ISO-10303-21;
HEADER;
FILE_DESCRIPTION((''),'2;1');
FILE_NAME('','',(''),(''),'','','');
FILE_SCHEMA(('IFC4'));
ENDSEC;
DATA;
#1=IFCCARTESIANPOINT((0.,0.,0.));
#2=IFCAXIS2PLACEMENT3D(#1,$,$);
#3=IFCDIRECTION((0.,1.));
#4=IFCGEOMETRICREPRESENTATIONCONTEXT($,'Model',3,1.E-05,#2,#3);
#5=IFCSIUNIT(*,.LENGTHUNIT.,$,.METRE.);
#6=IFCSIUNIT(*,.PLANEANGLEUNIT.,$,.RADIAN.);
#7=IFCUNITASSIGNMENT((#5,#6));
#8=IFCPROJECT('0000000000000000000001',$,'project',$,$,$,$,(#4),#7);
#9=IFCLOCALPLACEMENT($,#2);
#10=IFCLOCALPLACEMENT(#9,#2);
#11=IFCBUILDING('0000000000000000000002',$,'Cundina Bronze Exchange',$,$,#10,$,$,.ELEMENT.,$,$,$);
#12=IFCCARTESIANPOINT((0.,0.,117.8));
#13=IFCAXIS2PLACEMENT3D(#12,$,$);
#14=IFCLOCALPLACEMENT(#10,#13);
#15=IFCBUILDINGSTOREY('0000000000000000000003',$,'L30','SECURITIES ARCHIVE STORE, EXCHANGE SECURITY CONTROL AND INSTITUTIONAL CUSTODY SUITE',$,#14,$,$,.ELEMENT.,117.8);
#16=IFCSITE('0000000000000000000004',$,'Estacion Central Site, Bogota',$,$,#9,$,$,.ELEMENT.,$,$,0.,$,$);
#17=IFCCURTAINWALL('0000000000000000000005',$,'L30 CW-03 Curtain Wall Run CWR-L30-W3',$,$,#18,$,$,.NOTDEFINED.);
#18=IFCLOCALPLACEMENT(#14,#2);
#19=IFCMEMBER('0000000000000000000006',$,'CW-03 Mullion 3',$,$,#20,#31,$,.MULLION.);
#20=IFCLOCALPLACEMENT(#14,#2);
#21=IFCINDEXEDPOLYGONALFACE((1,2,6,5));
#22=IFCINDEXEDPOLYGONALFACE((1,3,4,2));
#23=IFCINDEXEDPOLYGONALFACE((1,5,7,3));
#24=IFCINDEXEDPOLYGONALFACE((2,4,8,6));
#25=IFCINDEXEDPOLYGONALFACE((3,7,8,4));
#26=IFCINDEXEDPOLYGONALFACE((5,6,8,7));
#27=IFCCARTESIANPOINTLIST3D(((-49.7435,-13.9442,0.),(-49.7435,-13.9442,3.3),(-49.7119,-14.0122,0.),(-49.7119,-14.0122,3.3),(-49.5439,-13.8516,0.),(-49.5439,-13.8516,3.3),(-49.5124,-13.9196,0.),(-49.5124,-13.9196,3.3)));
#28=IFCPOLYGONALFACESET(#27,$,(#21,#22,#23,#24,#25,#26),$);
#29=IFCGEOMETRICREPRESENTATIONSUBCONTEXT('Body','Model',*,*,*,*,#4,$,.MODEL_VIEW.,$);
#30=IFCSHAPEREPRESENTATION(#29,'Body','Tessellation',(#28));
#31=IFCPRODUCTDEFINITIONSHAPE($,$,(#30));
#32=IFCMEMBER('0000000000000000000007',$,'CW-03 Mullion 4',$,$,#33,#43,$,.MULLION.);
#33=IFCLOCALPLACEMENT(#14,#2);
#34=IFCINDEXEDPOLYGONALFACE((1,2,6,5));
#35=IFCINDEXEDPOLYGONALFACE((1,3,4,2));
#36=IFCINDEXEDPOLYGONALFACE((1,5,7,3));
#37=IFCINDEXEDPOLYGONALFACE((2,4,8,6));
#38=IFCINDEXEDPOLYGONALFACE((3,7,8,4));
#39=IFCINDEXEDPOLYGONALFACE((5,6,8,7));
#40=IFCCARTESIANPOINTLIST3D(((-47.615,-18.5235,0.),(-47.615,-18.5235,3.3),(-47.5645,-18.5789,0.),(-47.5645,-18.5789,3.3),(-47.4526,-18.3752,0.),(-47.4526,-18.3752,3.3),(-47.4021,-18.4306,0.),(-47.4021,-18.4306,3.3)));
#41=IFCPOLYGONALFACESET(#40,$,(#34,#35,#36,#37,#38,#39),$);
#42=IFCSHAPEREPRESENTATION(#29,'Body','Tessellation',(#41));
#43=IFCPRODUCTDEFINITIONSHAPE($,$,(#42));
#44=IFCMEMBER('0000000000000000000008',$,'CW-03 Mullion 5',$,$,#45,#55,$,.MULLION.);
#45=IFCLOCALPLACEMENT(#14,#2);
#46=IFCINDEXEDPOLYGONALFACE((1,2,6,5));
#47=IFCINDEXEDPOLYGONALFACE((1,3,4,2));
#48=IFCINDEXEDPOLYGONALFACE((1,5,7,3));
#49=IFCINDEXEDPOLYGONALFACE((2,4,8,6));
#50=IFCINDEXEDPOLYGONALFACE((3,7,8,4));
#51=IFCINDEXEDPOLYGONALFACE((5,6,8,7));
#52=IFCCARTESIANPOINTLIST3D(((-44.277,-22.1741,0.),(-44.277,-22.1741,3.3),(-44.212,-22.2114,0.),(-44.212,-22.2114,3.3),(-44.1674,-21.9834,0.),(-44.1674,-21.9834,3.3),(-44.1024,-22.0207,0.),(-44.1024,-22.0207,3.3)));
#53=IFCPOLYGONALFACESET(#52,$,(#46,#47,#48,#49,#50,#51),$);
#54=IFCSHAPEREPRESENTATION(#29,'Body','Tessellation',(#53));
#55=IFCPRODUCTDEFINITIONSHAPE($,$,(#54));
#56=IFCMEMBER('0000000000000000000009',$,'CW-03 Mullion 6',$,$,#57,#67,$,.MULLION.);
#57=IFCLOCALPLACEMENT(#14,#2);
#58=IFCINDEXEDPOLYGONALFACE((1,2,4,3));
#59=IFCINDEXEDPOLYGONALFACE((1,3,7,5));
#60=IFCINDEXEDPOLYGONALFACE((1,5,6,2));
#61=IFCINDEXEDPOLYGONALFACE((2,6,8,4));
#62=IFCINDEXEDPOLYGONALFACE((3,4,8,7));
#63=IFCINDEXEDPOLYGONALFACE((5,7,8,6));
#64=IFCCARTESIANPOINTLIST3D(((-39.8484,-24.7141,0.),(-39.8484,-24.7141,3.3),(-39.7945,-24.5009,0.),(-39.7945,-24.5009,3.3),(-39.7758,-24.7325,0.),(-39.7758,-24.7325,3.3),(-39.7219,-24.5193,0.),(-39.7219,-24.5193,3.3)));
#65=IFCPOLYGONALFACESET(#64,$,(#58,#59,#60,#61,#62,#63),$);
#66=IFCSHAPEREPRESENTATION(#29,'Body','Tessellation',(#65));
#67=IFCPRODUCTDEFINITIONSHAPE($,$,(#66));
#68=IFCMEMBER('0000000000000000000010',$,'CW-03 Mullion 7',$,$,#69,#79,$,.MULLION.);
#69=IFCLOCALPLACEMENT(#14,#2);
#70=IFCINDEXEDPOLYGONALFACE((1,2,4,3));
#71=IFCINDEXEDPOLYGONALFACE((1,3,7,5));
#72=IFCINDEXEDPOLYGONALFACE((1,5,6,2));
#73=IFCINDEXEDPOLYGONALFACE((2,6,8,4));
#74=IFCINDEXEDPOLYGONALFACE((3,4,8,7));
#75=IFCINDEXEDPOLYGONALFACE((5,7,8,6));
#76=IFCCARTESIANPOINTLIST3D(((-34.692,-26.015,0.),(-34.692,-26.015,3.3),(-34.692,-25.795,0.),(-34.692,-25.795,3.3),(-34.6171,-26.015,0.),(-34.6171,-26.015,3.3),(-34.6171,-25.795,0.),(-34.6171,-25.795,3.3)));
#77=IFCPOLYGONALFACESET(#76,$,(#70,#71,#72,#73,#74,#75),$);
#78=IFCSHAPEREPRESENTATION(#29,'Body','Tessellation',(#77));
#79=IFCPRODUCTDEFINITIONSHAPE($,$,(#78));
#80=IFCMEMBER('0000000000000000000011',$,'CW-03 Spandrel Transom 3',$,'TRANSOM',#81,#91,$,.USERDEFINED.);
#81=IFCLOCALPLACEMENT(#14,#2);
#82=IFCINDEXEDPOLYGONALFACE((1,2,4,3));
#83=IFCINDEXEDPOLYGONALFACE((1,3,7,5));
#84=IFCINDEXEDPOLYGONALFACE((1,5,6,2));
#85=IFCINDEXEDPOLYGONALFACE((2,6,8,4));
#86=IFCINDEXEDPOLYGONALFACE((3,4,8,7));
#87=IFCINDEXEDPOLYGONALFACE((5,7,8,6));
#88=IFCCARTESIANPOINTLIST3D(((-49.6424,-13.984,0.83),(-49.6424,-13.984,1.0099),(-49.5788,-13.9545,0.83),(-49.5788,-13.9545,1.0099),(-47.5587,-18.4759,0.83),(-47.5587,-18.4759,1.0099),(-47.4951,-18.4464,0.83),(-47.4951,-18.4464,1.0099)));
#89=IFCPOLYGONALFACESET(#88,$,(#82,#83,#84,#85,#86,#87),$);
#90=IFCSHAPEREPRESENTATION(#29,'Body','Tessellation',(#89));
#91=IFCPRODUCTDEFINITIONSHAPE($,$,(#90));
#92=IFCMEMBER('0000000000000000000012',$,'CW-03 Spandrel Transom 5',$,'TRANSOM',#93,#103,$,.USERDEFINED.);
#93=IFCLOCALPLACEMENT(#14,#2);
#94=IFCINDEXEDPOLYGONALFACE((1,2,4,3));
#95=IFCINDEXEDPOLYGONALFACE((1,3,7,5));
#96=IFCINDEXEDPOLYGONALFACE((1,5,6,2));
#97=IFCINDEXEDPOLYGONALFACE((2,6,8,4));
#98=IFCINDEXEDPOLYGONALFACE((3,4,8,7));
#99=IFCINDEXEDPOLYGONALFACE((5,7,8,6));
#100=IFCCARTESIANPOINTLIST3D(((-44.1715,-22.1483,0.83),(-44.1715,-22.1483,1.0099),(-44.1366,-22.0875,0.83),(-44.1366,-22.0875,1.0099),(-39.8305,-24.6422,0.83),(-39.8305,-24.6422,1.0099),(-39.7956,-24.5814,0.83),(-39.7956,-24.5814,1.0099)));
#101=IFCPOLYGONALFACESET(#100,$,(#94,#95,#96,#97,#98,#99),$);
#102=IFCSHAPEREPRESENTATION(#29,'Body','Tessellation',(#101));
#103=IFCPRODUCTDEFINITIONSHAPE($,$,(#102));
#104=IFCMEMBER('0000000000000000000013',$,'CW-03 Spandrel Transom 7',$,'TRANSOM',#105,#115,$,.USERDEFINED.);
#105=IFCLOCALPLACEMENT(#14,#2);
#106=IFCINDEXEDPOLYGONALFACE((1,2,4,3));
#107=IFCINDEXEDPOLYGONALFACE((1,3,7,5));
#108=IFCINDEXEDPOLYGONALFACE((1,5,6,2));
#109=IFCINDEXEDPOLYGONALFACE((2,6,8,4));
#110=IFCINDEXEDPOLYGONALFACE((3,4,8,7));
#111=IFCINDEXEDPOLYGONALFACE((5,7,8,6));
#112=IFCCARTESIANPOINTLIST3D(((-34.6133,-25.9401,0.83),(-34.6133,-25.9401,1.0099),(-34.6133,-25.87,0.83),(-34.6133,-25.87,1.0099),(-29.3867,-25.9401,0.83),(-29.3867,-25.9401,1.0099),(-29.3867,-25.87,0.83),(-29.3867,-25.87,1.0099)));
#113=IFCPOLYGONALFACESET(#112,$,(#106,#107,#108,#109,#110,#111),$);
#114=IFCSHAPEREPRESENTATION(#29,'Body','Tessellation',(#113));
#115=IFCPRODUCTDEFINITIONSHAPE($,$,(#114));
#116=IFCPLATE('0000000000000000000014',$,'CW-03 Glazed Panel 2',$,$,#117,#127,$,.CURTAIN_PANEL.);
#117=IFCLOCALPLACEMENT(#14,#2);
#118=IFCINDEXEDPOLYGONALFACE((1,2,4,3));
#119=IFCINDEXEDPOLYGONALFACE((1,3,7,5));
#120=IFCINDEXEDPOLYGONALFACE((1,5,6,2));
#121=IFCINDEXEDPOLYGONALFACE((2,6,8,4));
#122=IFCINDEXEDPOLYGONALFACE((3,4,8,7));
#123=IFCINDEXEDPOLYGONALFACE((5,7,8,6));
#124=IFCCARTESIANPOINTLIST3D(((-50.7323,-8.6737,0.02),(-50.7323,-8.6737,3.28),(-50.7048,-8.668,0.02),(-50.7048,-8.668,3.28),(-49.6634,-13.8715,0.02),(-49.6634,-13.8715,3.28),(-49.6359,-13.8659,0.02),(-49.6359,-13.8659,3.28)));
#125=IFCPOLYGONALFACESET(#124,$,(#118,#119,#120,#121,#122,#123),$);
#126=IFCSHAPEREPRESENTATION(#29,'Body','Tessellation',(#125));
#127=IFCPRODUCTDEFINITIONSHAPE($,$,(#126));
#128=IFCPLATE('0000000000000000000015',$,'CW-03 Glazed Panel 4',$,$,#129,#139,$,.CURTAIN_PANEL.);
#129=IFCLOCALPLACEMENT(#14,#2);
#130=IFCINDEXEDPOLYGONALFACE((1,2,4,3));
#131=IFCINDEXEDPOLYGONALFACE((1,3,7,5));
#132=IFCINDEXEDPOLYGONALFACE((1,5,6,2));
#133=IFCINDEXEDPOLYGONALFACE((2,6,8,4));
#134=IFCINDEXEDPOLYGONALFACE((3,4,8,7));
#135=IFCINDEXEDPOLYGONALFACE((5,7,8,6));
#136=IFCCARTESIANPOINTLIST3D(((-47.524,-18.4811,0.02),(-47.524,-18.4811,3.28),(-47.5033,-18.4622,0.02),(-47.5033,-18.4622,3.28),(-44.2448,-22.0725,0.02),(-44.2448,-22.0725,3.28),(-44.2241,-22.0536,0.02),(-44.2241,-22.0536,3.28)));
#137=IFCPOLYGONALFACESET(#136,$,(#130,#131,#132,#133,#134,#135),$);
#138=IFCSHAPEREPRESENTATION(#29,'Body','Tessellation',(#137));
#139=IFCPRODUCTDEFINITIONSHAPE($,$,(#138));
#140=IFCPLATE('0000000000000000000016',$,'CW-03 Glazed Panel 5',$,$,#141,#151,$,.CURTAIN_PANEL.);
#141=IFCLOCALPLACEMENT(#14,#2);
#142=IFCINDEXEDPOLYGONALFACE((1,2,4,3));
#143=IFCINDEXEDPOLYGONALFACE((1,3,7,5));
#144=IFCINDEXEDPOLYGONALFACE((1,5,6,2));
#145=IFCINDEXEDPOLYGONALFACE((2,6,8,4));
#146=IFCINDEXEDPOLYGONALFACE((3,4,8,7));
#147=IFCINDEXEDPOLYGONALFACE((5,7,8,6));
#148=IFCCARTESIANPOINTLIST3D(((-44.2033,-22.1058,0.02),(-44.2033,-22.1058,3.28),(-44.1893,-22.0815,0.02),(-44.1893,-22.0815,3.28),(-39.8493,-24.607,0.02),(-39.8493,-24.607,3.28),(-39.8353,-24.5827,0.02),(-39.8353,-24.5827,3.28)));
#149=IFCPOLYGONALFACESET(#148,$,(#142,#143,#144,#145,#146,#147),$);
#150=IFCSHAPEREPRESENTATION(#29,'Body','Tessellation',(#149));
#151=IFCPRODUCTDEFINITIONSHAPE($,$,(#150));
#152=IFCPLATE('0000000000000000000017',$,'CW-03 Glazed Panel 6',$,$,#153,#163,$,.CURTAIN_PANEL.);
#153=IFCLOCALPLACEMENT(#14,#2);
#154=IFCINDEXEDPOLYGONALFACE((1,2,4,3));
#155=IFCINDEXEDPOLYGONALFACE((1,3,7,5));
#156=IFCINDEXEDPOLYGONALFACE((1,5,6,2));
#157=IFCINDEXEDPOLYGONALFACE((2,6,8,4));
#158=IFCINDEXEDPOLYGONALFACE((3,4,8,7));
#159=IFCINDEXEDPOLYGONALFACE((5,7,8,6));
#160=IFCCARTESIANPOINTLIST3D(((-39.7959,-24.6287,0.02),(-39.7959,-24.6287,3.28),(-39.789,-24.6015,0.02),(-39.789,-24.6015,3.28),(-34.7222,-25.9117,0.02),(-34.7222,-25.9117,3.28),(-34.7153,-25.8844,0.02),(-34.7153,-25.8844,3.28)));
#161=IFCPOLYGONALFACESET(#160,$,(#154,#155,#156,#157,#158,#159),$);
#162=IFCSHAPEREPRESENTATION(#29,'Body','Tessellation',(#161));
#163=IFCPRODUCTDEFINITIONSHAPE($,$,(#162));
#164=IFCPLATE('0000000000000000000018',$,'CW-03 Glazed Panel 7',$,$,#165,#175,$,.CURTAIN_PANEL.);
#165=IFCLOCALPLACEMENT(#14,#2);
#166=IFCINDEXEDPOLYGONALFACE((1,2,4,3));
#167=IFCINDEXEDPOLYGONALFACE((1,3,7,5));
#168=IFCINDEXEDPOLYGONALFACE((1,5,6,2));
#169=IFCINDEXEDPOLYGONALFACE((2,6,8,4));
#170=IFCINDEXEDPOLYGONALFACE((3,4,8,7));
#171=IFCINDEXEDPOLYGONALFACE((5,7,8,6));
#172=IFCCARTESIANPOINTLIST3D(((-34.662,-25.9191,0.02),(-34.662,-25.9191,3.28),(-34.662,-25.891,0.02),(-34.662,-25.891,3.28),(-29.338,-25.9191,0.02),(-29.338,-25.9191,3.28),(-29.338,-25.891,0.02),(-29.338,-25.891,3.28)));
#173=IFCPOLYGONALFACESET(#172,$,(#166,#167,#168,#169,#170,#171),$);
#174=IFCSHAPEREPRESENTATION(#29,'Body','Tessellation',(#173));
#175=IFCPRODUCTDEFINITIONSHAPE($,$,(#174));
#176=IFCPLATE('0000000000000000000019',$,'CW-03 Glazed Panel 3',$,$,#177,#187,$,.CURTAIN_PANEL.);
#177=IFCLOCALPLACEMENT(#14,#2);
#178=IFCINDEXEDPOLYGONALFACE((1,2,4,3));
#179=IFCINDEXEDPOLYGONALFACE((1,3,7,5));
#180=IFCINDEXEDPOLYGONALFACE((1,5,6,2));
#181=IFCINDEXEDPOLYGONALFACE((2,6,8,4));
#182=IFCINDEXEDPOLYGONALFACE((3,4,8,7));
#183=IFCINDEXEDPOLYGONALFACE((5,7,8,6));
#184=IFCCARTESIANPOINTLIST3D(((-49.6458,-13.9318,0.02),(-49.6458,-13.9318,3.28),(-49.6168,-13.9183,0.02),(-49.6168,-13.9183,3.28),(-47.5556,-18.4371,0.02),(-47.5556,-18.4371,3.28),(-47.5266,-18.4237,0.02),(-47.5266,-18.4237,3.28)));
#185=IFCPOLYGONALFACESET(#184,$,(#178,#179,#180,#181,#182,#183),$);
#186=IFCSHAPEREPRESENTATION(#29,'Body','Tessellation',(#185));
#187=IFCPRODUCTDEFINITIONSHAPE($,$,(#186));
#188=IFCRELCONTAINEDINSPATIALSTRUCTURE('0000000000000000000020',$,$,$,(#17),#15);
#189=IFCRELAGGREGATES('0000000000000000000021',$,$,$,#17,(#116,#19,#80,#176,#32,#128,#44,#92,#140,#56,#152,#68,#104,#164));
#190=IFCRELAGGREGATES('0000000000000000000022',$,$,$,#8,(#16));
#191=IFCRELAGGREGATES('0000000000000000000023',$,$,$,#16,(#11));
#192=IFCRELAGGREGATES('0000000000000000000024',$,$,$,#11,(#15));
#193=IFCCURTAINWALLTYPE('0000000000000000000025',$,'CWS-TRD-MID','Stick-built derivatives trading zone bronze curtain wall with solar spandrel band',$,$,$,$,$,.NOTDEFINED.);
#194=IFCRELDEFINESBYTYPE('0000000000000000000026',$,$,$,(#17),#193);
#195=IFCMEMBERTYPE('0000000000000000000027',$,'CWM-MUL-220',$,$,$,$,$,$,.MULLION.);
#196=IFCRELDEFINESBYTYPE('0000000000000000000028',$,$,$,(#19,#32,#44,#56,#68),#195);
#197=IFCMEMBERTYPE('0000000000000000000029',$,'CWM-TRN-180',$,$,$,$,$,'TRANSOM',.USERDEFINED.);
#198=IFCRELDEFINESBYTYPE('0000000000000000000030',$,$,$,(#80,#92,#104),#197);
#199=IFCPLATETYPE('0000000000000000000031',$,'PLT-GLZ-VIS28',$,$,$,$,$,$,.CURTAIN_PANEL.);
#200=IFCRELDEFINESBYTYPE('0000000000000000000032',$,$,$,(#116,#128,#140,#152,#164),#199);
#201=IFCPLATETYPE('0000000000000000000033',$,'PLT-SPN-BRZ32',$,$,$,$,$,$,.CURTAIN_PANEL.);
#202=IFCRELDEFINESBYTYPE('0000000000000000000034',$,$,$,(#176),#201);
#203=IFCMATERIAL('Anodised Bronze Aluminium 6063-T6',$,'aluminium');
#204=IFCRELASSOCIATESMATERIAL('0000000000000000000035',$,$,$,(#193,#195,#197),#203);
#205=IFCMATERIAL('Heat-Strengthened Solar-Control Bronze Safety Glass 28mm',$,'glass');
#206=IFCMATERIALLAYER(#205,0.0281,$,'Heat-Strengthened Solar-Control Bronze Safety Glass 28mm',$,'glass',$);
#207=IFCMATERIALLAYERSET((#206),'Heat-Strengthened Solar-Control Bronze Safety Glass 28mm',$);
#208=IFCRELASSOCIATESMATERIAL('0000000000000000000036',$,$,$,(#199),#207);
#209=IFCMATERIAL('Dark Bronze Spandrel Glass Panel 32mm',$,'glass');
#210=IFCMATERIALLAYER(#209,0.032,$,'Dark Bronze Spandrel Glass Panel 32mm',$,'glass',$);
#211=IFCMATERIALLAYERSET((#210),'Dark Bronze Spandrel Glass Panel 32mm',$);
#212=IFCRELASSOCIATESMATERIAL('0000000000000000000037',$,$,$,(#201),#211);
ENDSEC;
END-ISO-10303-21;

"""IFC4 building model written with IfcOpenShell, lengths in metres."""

from ifc_helpers import new_model, si_unit, direction, frame, origin, origin_2d, place, context, subcontext, project, spatial, rectangle, extrude, material, layer, layer_set, material_profile, profile_set, type_object, element, aggregate, save


model = new_model("IFC4")

# Units and contexts
model_context = context("Model", 3, precision=1e-05, world=origin(), true_north=direction((0.0, 1.0)))
body_context = subcontext(model_context, "Body", "Model", "MODEL_VIEW")
ifc_project = project(units=[si_unit("LENGTHUNIT", "METRE"), si_unit("PLANEANGLEUNIT", "RADIAN")], contexts=[model_context])

# Site, building, storey
site_placement = place(None, origin())
site = spatial("IfcSite", under=ifc_project, at=site_placement, Name="Estacion Central Site, Bogota", CompositionType="ELEMENT", RefElevation=0.0)
building_placement = place(site_placement, origin())
building = spatial("IfcBuilding", under=site, at=building_placement, Name="Cundina Bronze Exchange", CompositionType="ELEMENT")
storey_placement = place(building_placement, frame((0.0, 0.0, 117.8)))
storey = spatial("IfcBuildingStorey", under=building, at=storey_placement, Name="L30", Description="SECURITIES ARCHIVE STORE, EXCHANGE SECURITY CONTROL AND INSTITUTIONAL CUSTODY SUITE", CompositionType="ELEMENT", Elevation=117.8)

# Curtain wall, members, plates
ifc_material_1 = material(Name="Anodised Bronze Aluminium 6063-T6", Category="aluminium")
curtain_wall_type = type_object("IfcCurtainWallType", Name="CWS-TRD-MID", Description="Stick-built derivatives trading zone bronze curtain wall with solar spandrel band", PredefinedType="NOTDEFINED", material=ifc_material_1)
curtain_wall_placement = place(storey_placement, origin())
curtain_wall = element("IfcCurtainWall", 1, at=curtain_wall_placement, inside=storey, type_object=curtain_wall_type, Name="L30 CW-03 Curtain Wall Run CWR-L30-W3", PredefinedType="NOTDEFINED")
ifc_material_profile_1 = material_profile(ifc_material_1, rectangle(XDim=0.075, YDim=0.22, at=origin_2d()), Name="AL75X220", Category="aluminium")
ifc_profile_set_1 = profile_set([ifc_material_profile_1], Name="Anodised Bronze Aluminium 6063-T6")
member_type_1 = type_object("IfcMemberType", Name="CWM-MUL-220", PredefinedType="MULLION", material=ifc_profile_set_1)
member_1_placement = place(storey_placement, frame((-49.6279, -13.9319, 0.0), z_axis=(0.0, 0.0, 1.0), x_axis=(0.420877, -0.907117, 0.0)))
member_1 = element("IfcMember", 2, at=member_1_placement, type_object=member_type_1, Name="CW-03 Mullion 3", PredefinedType="MULLION", context=body_context, shape_type="SweptSolid", body=[
    extrude(rectangle(XDim=0.075, YDim=0.22, at=origin_2d()), origin(), (0.0, 0.0, 1.0), 3.3),
])
member_2_placement = place(storey_placement, frame((-47.5085, -18.4771, 0.0), z_axis=(0.0, 0.0, 1.0), x_axis=(0.674302, -0.738455, 0.0)))
member_2 = element("IfcMember", 3, at=member_2_placement, type_object=member_type_1, Name="CW-03 Mullion 4", PredefinedType="MULLION", context=body_context, shape_type="SweptSolid", body=[
    extrude(rectangle(XDim=0.075, YDim=0.22, at=origin_2d()), origin(), (0.0, 0.0, 1.0), 3.3),
])
member_3_placement = place(storey_placement, frame((-44.1897, -22.0974, 0.0), z_axis=(0.0, 0.0, 1.0), x_axis=(0.867071, -0.498185, 0.0)))
member_3 = element("IfcMember", 4, at=member_3_placement, type_object=member_type_1, Name="CW-03 Mullion 5", PredefinedType="MULLION", context=body_context, shape_type="SweptSolid", body=[
    extrude(rectangle(XDim=0.075, YDim=0.22, at=origin_2d()), origin(), (0.0, 0.0, 1.0), 3.3),
])
member_4_placement = place(storey_placement, frame((-39.7852, -24.6167, 0.0), z_axis=(0.0, 0.0, 1.0), x_axis=(0.969488, -0.245138, 0.0)))
member_4 = element("IfcMember", 5, at=member_4_placement, type_object=member_type_1, Name="CW-03 Mullion 6", PredefinedType="MULLION", context=body_context, shape_type="SweptSolid", body=[
    extrude(rectangle(XDim=0.075, YDim=0.22, at=origin_2d()), origin(), (0.0, 0.0, 1.0), 3.3),
])
member_5_placement = place(storey_placement, frame((-34.6545, -25.905, 0.0), z_axis=(0.0, 0.0, 1.0), x_axis=(1.0, 0.0, 0.0)))
member_5 = element("IfcMember", 6, at=member_5_placement, type_object=member_type_1, Name="CW-03 Mullion 7", PredefinedType="MULLION", context=body_context, shape_type="SweptSolid", body=[
    extrude(rectangle(XDim=0.075, YDim=0.22, at=origin_2d()), origin(), (0.0, 0.0, 1.0), 3.3),
])
ifc_material_profile_2 = material_profile(ifc_material_1, rectangle(XDim=0.0701, YDim=0.1799, at=origin_2d()), Name="AL70X180", Category="aluminium")
ifc_profile_set_2 = profile_set([ifc_material_profile_2], Name="Anodised Bronze Aluminium 6063-T6")
member_type_2 = type_object("IfcMemberType", Name="CWM-TRN-180", ElementType="TRANSOM", PredefinedType="USERDEFINED", material=ifc_profile_set_2)
member_6_placement = place(storey_placement, frame((-49.6106, -13.9692, 0.9199), z_axis=(0.420811, -0.907148, 0.0), x_axis=(0.907148, 0.420811, 0.0)))
member_6 = element("IfcMember", 7, at=member_6_placement, type_object=member_type_2, Name="CW-03 Spandrel Transom 3", ObjectType="TRANSOM", PredefinedType="USERDEFINED", context=body_context, shape_type="SweptSolid", body=[
    extrude(rectangle(XDim=0.0701, YDim=0.1799, at=origin_2d()), origin(), (0.0, 0.0, 1.0), 4.9517),
])
member_7_placement = place(storey_placement, frame((-44.1541, -22.1179, 0.9199), z_axis=(0.867097, -0.498139, 0.0), x_axis=(0.498139, 0.867097, 0.0)))
member_7 = element("IfcMember", 8, at=member_7_placement, type_object=member_type_2, Name="CW-03 Spandrel Transom 5", ObjectType="TRANSOM", PredefinedType="USERDEFINED", context=body_context, shape_type="SweptSolid", body=[
    extrude(rectangle(XDim=0.0701, YDim=0.1799, at=origin_2d()), origin(), (0.0, 0.0, 1.0), 5.0063),
])
member_8_placement = place(storey_placement, frame((-34.6133, -25.905, 0.9199), z_axis=(1.0, 0.0, 0.0), x_axis=(0.0, 1.0, 0.0)))
member_8 = element("IfcMember", 9, at=member_8_placement, type_object=member_type_2, Name="CW-03 Spandrel Transom 7", ObjectType="TRANSOM", PredefinedType="USERDEFINED", context=body_context, shape_type="SweptSolid", body=[
    extrude(rectangle(XDim=0.0701, YDim=0.1799, at=origin_2d()), origin(), (0.0, 0.0, 1.0), 5.2266),
])
ifc_material_2 = material(Name="Heat-Strengthened Solar-Control Bronze Safety Glass 28mm", Category="glass")
ifc_layer_1 = layer(ifc_material_2, 0.0281, Name="Heat-Strengthened Solar-Control Bronze Safety Glass 28mm", Category="glass")
ifc_layer_set_1 = layer_set([ifc_layer_1], Name="Heat-Strengthened Solar-Control Bronze Safety Glass 28mm")
plate_type_1 = type_object("IfcPlateType", Name="PLT-GLZ-VIS28", PredefinedType="CURTAIN_PANEL", material=ifc_layer_set_1)
plate_1_placement = place(storey_placement, frame((-50.1841, -11.2698, 0.02), z_axis=(0.0, 0.0, 1.0), x_axis=(0.20142, -0.979505, 0.0)))
plate_1 = element("IfcPlate", 10, at=plate_1_placement, type_object=plate_type_1, Name="CW-03 Glazed Panel 2", PredefinedType="CURTAIN_PANEL", context=body_context, shape_type="SweptSolid", body=[
    extrude(rectangle(XDim=5.3066, YDim=0.0281, at=origin_2d()), origin(), (0.0, 0.0, 1.0), 3.26),
])
plate_2_placement = place(storey_placement, frame((-45.874, -20.2673, 0.02), z_axis=(0.0, 0.0, 1.0), x_axis=(0.674277, -0.738479, 0.0)))
plate_2 = element("IfcPlate", 11, at=plate_2_placement, type_object=plate_type_1, Name="CW-03 Glazed Panel 4", PredefinedType="CURTAIN_PANEL", context=body_context, shape_type="SweptSolid", body=[
    extrude(rectangle(XDim=4.8633, YDim=0.0281, at=origin_2d()), origin(), (0.0, 0.0, 1.0), 3.26),
])
plate_3_placement = place(storey_placement, frame((-42.0193, -23.3442, 0.02), z_axis=(0.0, 0.0, 1.0), x_axis=(0.867105, -0.498125, 0.0)))
plate_3 = element("IfcPlate", 12, at=plate_3_placement, type_object=plate_type_1, Name="CW-03 Glazed Panel 5", PredefinedType="CURTAIN_PANEL", context=body_context, shape_type="SweptSolid", body=[
    extrude(rectangle(XDim=5.0212, YDim=0.0281, at=origin_2d()), origin(), (0.0, 0.0, 1.0), 3.26),
])
plate_4_placement = place(storey_placement, frame((-37.2556, -25.2566, 0.02), z_axis=(0.0, 0.0, 1.0), x_axis=(0.969488, -0.245138, 0.0)))
plate_4 = element("IfcPlate", 13, at=plate_4_placement, type_object=plate_type_1, Name="CW-03 Glazed Panel 6", PredefinedType="CURTAIN_PANEL", context=body_context, shape_type="SweptSolid", body=[
    extrude(rectangle(XDim=5.2334, YDim=0.0281, at=origin_2d()), origin(), (0.0, 0.0, 1.0), 3.26),
])
plate_5_placement = place(storey_placement, frame((-32.0, -25.905, 0.02), z_axis=(0.0, 0.0, 1.0), x_axis=(1.0, 0.0, 0.0)))
plate_5 = element("IfcPlate", 14, at=plate_5_placement, type_object=plate_type_1, Name="CW-03 Glazed Panel 7", PredefinedType="CURTAIN_PANEL", context=body_context, shape_type="SweptSolid", body=[
    extrude(rectangle(XDim=5.324, YDim=0.0281, at=origin_2d()), origin(), (0.0, 0.0, 1.0), 3.26),
])
ifc_material_3 = material(Name="Dark Bronze Spandrel Glass Panel 32mm", Category="glass")
ifc_layer_2 = layer(ifc_material_3, 0.032, Name="Dark Bronze Spandrel Glass Panel 32mm", Category="glass")
ifc_layer_set_2 = layer_set([ifc_layer_2], Name="Dark Bronze Spandrel Glass Panel 32mm")
plate_type_2 = type_object("IfcPlateType", Name="PLT-SPN-BRZ32", PredefinedType="CURTAIN_PANEL", material=ifc_layer_set_2)
plate_6_placement = place(storey_placement, frame((-48.5862, -16.1777, 0.02), z_axis=(0.0, 0.0, 1.0), x_axis=(0.420846, -0.907132, 0.0)))
plate_6 = element("IfcPlate", 15, at=plate_6_placement, type_object=plate_type_2, Name="CW-03 Glazed Panel 3", PredefinedType="CURTAIN_PANEL", context=body_context, shape_type="SweptSolid", body=[
    extrude(rectangle(XDim=4.9666, YDim=0.032, at=origin_2d()), origin(), (0.0, 0.0, 1.0), 3.26),
])
aggregate(curtain_wall, [plate_1, member_1, member_6, plate_6, member_2, plate_2, member_3, member_7, plate_3, member_4, plate_4, member_5, member_8, plate_5])

save(model, "model.ifc")
